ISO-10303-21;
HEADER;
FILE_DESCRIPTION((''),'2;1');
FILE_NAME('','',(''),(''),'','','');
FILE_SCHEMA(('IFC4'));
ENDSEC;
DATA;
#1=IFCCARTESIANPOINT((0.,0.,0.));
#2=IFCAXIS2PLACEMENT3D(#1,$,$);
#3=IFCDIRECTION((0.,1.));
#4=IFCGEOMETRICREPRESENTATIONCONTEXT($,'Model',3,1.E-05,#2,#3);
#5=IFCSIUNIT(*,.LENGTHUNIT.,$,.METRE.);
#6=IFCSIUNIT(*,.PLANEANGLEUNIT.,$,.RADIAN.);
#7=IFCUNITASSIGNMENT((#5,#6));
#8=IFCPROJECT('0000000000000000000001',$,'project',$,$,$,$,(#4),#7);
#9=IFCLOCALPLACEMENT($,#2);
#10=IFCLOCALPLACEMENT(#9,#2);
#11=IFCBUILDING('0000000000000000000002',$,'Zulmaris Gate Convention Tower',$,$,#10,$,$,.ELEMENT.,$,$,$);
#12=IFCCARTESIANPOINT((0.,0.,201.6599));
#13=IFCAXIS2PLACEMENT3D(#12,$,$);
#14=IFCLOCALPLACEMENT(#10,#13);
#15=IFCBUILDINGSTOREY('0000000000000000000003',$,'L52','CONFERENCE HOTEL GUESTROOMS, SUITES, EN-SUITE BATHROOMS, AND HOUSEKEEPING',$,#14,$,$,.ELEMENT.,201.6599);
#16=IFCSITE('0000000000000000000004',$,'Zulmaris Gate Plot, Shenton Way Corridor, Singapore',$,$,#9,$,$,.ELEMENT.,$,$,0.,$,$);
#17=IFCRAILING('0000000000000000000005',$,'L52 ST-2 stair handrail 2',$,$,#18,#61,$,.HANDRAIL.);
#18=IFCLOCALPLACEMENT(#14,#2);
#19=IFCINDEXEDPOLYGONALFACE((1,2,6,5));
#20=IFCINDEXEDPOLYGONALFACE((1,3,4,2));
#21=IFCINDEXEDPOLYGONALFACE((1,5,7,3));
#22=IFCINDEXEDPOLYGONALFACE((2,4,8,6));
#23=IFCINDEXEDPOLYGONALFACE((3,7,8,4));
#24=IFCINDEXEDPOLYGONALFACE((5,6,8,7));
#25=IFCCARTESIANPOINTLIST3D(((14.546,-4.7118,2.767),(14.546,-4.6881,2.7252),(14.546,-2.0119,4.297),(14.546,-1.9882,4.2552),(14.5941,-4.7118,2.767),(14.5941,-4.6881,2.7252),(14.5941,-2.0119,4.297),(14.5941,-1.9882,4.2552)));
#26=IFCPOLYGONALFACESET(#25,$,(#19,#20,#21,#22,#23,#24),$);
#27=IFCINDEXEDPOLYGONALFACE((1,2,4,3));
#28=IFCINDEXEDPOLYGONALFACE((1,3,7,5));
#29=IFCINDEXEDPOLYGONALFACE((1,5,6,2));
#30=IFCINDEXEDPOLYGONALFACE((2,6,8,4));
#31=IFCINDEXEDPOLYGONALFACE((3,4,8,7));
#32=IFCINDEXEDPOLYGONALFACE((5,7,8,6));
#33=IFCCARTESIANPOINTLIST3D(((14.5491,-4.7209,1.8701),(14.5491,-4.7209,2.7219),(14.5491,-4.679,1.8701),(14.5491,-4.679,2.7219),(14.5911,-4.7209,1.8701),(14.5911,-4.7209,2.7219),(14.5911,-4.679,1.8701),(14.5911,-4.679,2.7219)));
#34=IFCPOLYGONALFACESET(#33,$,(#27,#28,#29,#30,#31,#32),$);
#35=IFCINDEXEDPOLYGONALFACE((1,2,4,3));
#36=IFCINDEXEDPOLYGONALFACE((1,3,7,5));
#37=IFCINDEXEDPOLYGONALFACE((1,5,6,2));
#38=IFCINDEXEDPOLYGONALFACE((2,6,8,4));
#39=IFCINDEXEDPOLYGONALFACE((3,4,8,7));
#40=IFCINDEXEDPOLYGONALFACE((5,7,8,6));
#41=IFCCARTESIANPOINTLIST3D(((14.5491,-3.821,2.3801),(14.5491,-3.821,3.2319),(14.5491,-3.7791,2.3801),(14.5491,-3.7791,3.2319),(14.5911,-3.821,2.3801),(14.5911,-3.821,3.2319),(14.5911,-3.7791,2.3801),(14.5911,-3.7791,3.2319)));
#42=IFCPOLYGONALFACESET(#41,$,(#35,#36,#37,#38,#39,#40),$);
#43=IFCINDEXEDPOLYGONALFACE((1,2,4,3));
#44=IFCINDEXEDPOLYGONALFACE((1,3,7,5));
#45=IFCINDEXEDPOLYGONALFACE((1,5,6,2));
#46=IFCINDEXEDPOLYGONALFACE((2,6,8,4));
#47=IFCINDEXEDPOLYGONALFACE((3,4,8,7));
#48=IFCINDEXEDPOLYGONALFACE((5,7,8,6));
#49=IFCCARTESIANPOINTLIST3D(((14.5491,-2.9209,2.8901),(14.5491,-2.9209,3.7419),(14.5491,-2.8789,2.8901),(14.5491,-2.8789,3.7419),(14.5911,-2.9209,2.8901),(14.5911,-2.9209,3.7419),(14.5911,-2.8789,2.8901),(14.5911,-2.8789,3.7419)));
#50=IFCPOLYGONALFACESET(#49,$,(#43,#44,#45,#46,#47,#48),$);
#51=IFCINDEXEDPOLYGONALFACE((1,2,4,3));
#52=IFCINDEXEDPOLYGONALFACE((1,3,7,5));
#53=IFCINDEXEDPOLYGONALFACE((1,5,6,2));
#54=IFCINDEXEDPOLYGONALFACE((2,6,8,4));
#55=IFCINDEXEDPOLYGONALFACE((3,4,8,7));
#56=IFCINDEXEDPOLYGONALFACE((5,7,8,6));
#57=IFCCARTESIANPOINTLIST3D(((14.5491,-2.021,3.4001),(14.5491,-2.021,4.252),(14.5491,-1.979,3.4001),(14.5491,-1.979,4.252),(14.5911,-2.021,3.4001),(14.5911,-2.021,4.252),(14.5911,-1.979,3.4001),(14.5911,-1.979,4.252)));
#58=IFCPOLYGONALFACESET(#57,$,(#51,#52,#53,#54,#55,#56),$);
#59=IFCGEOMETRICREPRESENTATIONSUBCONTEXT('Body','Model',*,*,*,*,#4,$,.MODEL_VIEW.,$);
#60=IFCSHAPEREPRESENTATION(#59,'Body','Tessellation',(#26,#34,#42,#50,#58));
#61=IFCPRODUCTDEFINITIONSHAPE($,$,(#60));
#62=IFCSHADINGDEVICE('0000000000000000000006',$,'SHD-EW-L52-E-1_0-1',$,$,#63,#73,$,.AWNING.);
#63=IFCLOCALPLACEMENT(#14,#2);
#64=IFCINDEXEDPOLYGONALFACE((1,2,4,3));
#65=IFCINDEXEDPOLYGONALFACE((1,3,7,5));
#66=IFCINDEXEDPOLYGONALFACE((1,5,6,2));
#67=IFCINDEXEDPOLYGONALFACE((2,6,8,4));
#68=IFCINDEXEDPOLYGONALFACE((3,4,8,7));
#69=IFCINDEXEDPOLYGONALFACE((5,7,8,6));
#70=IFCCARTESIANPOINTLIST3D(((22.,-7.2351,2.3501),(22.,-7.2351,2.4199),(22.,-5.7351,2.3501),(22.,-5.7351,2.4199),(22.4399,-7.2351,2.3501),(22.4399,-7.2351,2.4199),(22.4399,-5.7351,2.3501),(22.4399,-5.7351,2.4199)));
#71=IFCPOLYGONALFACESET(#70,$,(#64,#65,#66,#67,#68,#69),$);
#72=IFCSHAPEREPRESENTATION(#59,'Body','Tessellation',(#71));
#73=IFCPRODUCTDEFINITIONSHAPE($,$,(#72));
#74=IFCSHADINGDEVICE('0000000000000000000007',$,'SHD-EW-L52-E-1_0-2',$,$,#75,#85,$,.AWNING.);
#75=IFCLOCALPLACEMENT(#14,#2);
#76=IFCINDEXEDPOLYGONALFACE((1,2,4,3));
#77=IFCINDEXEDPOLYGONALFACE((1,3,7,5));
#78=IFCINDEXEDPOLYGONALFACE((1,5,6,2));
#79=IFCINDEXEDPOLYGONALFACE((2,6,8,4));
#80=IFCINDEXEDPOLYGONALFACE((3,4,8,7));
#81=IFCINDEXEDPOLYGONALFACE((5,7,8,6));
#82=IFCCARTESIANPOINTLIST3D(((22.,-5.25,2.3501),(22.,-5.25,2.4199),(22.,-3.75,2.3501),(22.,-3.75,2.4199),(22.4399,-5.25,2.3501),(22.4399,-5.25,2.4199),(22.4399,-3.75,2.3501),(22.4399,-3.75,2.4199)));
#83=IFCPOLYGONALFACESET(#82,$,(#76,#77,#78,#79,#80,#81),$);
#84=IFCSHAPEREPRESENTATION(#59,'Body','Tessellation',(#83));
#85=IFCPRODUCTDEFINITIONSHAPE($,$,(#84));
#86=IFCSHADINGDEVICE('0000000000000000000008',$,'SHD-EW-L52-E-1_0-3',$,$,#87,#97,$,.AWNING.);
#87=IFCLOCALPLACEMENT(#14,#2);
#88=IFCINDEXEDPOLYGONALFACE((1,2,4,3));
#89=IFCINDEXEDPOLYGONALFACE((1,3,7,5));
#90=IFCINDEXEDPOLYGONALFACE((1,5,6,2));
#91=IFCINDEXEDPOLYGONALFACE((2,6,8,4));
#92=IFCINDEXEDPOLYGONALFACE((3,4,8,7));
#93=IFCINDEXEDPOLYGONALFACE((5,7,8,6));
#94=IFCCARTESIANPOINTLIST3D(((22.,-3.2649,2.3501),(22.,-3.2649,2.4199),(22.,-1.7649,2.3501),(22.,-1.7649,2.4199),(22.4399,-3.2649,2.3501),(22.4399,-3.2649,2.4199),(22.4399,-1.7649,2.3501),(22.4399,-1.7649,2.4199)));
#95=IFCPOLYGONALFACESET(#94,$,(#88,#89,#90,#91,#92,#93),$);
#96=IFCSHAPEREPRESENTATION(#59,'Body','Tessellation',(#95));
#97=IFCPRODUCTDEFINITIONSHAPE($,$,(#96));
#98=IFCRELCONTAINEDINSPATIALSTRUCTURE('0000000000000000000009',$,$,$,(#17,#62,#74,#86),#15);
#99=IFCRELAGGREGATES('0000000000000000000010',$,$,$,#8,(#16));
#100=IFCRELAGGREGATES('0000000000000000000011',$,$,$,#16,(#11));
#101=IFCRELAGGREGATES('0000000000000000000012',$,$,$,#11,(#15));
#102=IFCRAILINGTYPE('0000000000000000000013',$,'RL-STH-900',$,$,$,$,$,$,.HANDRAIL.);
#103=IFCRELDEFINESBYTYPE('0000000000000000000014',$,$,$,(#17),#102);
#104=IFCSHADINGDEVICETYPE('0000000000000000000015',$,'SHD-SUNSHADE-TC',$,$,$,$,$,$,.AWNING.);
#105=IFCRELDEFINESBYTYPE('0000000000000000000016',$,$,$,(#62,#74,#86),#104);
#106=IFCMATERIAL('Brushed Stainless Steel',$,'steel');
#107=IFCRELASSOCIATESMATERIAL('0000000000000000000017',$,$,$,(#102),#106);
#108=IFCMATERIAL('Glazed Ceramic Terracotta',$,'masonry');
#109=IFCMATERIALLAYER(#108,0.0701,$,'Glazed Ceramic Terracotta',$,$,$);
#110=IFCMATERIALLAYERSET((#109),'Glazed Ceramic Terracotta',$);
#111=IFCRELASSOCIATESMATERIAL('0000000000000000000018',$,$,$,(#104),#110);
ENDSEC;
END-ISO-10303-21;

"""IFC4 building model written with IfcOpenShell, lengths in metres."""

from ifc_helpers import new_model, si_unit, direction, frame, frame_2d, origin, origin_2d, place, context, subcontext, project, spatial, rectangle, extrude, material, layer, layer_set, type_object, element, save


model = new_model("IFC4")

# Units and contexts
model_context = context("Model", 3, precision=1e-05, world=origin(), true_north=direction((0.0, 1.0)))
body_context = subcontext(model_context, "Body", "Model", "MODEL_VIEW")
ifc_project = project(units=[si_unit("LENGTHUNIT", "METRE"), si_unit("PLANEANGLEUNIT", "RADIAN")], contexts=[model_context])

# Site, building, storey
site_placement = place(None, origin())
site = spatial("IfcSite", under=ifc_project, at=site_placement, Name="Zulmaris Gate Plot, Shenton Way Corridor, Singapore", CompositionType="ELEMENT", RefElevation=0.0)
building_placement = place(site_placement, origin())
building = spatial("IfcBuilding", under=site, at=building_placement, Name="Zulmaris Gate Convention Tower", CompositionType="ELEMENT")
storey_placement = place(building_placement, frame((0.0, 0.0, 201.6599)))
storey = spatial("IfcBuildingStorey", under=building, at=storey_placement, Name="L52", Description="CONFERENCE HOTEL GUESTROOMS, SUITES, EN-SUITE BATHROOMS, AND HOUSEKEEPING", CompositionType="ELEMENT", Elevation=201.6599)

# Railing
ifc_material_1 = material(Name="Brushed Stainless Steel", Category="steel")
railing_type_1 = type_object("IfcRailingType", Name="RL-STH-900", PredefinedType="HANDRAIL", material=ifc_material_1)
railing_1_placement = place(storey_placement, frame((14.5701, -4.7, 1.8701)))
element("IfcRailing", 1, at=railing_1_placement, inside=storey, type_object=railing_type_1, Name="L52 ST-2 stair handrail 2", PredefinedType="HANDRAIL", context=body_context, shape_type="SweptSolid", body=[
    extrude(rectangle(XDim=0.0481, YDim=0.0481, at=origin_2d()), frame((0.0, 0.0, 0.876), z_axis=(0.0, 0.870014, 0.493026), x_axis=(-1.0, 0.0, 0.0)), (0.0, 0.0, 1.0), 3.1033),
    extrude(rectangle(XDim=0.042, YDim=0.042, at=origin_2d()), origin(), (0.0, 0.0, 1.0), 0.8518),
    extrude(rectangle(XDim=0.042, YDim=0.042, at=origin_2d()), frame((0.0, 0.8999, 0.51)), (0.0, 0.0, 1.0), 0.8518),
    extrude(rectangle(XDim=0.042, YDim=0.042, at=origin_2d()), frame((0.0, 1.8, 1.02)), (0.0, 0.0, 1.0), 0.8518),
    extrude(rectangle(XDim=0.042, YDim=0.042, at=origin_2d()), frame((0.0, 2.7, 1.53)), (0.0, 0.0, 1.0), 0.8518),
])

# Shading devices
ifc_material_2 = material(Name="Glazed Ceramic Terracotta", Category="masonry")
ifc_layer_1 = layer(ifc_material_2, 0.0701, Name="Glazed Ceramic Terracotta")
ifc_layer_set_1 = layer_set([ifc_layer_1], Name="Glazed Ceramic Terracotta")
shading_device_type = type_object("IfcShadingDeviceType", Name="SHD-SUNSHADE-TC", PredefinedType="AWNING", material=ifc_layer_set_1)
for number, where, z_axis, x_axis, name in (
    (2, (22.22, -7.2351, 2.3501), (0.0, 0.0, 1.0), (0.0, 1.0, 0.0), "SHD-EW-L52-E-1_0-1"),
    (3, (22.22, -5.25, 2.3501), (0.0, 0.0, 1.0), (0.0, 1.0, 0.0), "SHD-EW-L52-E-1_0-2"),
    (4, (22.22, -3.2649, 2.3501), (0.0, 0.0, 1.0), (0.0, 1.0, 0.0), "SHD-EW-L52-E-1_0-3"),
):
    element("IfcShadingDevice", number, at=place(storey_placement, frame(where, z_axis=z_axis, x_axis=x_axis)), inside=storey, type_object=shading_device_type, Name=name, PredefinedType="AWNING", context=body_context, shape_type="SweptSolid", body=[
        extrude(rectangle(XDim=1.5, YDim=0.4399, at=frame_2d((0.75, 0.0))), origin(), (0.0, 0.0, 1.0), 0.0698),
    ])

save(model, "model.ifc")
